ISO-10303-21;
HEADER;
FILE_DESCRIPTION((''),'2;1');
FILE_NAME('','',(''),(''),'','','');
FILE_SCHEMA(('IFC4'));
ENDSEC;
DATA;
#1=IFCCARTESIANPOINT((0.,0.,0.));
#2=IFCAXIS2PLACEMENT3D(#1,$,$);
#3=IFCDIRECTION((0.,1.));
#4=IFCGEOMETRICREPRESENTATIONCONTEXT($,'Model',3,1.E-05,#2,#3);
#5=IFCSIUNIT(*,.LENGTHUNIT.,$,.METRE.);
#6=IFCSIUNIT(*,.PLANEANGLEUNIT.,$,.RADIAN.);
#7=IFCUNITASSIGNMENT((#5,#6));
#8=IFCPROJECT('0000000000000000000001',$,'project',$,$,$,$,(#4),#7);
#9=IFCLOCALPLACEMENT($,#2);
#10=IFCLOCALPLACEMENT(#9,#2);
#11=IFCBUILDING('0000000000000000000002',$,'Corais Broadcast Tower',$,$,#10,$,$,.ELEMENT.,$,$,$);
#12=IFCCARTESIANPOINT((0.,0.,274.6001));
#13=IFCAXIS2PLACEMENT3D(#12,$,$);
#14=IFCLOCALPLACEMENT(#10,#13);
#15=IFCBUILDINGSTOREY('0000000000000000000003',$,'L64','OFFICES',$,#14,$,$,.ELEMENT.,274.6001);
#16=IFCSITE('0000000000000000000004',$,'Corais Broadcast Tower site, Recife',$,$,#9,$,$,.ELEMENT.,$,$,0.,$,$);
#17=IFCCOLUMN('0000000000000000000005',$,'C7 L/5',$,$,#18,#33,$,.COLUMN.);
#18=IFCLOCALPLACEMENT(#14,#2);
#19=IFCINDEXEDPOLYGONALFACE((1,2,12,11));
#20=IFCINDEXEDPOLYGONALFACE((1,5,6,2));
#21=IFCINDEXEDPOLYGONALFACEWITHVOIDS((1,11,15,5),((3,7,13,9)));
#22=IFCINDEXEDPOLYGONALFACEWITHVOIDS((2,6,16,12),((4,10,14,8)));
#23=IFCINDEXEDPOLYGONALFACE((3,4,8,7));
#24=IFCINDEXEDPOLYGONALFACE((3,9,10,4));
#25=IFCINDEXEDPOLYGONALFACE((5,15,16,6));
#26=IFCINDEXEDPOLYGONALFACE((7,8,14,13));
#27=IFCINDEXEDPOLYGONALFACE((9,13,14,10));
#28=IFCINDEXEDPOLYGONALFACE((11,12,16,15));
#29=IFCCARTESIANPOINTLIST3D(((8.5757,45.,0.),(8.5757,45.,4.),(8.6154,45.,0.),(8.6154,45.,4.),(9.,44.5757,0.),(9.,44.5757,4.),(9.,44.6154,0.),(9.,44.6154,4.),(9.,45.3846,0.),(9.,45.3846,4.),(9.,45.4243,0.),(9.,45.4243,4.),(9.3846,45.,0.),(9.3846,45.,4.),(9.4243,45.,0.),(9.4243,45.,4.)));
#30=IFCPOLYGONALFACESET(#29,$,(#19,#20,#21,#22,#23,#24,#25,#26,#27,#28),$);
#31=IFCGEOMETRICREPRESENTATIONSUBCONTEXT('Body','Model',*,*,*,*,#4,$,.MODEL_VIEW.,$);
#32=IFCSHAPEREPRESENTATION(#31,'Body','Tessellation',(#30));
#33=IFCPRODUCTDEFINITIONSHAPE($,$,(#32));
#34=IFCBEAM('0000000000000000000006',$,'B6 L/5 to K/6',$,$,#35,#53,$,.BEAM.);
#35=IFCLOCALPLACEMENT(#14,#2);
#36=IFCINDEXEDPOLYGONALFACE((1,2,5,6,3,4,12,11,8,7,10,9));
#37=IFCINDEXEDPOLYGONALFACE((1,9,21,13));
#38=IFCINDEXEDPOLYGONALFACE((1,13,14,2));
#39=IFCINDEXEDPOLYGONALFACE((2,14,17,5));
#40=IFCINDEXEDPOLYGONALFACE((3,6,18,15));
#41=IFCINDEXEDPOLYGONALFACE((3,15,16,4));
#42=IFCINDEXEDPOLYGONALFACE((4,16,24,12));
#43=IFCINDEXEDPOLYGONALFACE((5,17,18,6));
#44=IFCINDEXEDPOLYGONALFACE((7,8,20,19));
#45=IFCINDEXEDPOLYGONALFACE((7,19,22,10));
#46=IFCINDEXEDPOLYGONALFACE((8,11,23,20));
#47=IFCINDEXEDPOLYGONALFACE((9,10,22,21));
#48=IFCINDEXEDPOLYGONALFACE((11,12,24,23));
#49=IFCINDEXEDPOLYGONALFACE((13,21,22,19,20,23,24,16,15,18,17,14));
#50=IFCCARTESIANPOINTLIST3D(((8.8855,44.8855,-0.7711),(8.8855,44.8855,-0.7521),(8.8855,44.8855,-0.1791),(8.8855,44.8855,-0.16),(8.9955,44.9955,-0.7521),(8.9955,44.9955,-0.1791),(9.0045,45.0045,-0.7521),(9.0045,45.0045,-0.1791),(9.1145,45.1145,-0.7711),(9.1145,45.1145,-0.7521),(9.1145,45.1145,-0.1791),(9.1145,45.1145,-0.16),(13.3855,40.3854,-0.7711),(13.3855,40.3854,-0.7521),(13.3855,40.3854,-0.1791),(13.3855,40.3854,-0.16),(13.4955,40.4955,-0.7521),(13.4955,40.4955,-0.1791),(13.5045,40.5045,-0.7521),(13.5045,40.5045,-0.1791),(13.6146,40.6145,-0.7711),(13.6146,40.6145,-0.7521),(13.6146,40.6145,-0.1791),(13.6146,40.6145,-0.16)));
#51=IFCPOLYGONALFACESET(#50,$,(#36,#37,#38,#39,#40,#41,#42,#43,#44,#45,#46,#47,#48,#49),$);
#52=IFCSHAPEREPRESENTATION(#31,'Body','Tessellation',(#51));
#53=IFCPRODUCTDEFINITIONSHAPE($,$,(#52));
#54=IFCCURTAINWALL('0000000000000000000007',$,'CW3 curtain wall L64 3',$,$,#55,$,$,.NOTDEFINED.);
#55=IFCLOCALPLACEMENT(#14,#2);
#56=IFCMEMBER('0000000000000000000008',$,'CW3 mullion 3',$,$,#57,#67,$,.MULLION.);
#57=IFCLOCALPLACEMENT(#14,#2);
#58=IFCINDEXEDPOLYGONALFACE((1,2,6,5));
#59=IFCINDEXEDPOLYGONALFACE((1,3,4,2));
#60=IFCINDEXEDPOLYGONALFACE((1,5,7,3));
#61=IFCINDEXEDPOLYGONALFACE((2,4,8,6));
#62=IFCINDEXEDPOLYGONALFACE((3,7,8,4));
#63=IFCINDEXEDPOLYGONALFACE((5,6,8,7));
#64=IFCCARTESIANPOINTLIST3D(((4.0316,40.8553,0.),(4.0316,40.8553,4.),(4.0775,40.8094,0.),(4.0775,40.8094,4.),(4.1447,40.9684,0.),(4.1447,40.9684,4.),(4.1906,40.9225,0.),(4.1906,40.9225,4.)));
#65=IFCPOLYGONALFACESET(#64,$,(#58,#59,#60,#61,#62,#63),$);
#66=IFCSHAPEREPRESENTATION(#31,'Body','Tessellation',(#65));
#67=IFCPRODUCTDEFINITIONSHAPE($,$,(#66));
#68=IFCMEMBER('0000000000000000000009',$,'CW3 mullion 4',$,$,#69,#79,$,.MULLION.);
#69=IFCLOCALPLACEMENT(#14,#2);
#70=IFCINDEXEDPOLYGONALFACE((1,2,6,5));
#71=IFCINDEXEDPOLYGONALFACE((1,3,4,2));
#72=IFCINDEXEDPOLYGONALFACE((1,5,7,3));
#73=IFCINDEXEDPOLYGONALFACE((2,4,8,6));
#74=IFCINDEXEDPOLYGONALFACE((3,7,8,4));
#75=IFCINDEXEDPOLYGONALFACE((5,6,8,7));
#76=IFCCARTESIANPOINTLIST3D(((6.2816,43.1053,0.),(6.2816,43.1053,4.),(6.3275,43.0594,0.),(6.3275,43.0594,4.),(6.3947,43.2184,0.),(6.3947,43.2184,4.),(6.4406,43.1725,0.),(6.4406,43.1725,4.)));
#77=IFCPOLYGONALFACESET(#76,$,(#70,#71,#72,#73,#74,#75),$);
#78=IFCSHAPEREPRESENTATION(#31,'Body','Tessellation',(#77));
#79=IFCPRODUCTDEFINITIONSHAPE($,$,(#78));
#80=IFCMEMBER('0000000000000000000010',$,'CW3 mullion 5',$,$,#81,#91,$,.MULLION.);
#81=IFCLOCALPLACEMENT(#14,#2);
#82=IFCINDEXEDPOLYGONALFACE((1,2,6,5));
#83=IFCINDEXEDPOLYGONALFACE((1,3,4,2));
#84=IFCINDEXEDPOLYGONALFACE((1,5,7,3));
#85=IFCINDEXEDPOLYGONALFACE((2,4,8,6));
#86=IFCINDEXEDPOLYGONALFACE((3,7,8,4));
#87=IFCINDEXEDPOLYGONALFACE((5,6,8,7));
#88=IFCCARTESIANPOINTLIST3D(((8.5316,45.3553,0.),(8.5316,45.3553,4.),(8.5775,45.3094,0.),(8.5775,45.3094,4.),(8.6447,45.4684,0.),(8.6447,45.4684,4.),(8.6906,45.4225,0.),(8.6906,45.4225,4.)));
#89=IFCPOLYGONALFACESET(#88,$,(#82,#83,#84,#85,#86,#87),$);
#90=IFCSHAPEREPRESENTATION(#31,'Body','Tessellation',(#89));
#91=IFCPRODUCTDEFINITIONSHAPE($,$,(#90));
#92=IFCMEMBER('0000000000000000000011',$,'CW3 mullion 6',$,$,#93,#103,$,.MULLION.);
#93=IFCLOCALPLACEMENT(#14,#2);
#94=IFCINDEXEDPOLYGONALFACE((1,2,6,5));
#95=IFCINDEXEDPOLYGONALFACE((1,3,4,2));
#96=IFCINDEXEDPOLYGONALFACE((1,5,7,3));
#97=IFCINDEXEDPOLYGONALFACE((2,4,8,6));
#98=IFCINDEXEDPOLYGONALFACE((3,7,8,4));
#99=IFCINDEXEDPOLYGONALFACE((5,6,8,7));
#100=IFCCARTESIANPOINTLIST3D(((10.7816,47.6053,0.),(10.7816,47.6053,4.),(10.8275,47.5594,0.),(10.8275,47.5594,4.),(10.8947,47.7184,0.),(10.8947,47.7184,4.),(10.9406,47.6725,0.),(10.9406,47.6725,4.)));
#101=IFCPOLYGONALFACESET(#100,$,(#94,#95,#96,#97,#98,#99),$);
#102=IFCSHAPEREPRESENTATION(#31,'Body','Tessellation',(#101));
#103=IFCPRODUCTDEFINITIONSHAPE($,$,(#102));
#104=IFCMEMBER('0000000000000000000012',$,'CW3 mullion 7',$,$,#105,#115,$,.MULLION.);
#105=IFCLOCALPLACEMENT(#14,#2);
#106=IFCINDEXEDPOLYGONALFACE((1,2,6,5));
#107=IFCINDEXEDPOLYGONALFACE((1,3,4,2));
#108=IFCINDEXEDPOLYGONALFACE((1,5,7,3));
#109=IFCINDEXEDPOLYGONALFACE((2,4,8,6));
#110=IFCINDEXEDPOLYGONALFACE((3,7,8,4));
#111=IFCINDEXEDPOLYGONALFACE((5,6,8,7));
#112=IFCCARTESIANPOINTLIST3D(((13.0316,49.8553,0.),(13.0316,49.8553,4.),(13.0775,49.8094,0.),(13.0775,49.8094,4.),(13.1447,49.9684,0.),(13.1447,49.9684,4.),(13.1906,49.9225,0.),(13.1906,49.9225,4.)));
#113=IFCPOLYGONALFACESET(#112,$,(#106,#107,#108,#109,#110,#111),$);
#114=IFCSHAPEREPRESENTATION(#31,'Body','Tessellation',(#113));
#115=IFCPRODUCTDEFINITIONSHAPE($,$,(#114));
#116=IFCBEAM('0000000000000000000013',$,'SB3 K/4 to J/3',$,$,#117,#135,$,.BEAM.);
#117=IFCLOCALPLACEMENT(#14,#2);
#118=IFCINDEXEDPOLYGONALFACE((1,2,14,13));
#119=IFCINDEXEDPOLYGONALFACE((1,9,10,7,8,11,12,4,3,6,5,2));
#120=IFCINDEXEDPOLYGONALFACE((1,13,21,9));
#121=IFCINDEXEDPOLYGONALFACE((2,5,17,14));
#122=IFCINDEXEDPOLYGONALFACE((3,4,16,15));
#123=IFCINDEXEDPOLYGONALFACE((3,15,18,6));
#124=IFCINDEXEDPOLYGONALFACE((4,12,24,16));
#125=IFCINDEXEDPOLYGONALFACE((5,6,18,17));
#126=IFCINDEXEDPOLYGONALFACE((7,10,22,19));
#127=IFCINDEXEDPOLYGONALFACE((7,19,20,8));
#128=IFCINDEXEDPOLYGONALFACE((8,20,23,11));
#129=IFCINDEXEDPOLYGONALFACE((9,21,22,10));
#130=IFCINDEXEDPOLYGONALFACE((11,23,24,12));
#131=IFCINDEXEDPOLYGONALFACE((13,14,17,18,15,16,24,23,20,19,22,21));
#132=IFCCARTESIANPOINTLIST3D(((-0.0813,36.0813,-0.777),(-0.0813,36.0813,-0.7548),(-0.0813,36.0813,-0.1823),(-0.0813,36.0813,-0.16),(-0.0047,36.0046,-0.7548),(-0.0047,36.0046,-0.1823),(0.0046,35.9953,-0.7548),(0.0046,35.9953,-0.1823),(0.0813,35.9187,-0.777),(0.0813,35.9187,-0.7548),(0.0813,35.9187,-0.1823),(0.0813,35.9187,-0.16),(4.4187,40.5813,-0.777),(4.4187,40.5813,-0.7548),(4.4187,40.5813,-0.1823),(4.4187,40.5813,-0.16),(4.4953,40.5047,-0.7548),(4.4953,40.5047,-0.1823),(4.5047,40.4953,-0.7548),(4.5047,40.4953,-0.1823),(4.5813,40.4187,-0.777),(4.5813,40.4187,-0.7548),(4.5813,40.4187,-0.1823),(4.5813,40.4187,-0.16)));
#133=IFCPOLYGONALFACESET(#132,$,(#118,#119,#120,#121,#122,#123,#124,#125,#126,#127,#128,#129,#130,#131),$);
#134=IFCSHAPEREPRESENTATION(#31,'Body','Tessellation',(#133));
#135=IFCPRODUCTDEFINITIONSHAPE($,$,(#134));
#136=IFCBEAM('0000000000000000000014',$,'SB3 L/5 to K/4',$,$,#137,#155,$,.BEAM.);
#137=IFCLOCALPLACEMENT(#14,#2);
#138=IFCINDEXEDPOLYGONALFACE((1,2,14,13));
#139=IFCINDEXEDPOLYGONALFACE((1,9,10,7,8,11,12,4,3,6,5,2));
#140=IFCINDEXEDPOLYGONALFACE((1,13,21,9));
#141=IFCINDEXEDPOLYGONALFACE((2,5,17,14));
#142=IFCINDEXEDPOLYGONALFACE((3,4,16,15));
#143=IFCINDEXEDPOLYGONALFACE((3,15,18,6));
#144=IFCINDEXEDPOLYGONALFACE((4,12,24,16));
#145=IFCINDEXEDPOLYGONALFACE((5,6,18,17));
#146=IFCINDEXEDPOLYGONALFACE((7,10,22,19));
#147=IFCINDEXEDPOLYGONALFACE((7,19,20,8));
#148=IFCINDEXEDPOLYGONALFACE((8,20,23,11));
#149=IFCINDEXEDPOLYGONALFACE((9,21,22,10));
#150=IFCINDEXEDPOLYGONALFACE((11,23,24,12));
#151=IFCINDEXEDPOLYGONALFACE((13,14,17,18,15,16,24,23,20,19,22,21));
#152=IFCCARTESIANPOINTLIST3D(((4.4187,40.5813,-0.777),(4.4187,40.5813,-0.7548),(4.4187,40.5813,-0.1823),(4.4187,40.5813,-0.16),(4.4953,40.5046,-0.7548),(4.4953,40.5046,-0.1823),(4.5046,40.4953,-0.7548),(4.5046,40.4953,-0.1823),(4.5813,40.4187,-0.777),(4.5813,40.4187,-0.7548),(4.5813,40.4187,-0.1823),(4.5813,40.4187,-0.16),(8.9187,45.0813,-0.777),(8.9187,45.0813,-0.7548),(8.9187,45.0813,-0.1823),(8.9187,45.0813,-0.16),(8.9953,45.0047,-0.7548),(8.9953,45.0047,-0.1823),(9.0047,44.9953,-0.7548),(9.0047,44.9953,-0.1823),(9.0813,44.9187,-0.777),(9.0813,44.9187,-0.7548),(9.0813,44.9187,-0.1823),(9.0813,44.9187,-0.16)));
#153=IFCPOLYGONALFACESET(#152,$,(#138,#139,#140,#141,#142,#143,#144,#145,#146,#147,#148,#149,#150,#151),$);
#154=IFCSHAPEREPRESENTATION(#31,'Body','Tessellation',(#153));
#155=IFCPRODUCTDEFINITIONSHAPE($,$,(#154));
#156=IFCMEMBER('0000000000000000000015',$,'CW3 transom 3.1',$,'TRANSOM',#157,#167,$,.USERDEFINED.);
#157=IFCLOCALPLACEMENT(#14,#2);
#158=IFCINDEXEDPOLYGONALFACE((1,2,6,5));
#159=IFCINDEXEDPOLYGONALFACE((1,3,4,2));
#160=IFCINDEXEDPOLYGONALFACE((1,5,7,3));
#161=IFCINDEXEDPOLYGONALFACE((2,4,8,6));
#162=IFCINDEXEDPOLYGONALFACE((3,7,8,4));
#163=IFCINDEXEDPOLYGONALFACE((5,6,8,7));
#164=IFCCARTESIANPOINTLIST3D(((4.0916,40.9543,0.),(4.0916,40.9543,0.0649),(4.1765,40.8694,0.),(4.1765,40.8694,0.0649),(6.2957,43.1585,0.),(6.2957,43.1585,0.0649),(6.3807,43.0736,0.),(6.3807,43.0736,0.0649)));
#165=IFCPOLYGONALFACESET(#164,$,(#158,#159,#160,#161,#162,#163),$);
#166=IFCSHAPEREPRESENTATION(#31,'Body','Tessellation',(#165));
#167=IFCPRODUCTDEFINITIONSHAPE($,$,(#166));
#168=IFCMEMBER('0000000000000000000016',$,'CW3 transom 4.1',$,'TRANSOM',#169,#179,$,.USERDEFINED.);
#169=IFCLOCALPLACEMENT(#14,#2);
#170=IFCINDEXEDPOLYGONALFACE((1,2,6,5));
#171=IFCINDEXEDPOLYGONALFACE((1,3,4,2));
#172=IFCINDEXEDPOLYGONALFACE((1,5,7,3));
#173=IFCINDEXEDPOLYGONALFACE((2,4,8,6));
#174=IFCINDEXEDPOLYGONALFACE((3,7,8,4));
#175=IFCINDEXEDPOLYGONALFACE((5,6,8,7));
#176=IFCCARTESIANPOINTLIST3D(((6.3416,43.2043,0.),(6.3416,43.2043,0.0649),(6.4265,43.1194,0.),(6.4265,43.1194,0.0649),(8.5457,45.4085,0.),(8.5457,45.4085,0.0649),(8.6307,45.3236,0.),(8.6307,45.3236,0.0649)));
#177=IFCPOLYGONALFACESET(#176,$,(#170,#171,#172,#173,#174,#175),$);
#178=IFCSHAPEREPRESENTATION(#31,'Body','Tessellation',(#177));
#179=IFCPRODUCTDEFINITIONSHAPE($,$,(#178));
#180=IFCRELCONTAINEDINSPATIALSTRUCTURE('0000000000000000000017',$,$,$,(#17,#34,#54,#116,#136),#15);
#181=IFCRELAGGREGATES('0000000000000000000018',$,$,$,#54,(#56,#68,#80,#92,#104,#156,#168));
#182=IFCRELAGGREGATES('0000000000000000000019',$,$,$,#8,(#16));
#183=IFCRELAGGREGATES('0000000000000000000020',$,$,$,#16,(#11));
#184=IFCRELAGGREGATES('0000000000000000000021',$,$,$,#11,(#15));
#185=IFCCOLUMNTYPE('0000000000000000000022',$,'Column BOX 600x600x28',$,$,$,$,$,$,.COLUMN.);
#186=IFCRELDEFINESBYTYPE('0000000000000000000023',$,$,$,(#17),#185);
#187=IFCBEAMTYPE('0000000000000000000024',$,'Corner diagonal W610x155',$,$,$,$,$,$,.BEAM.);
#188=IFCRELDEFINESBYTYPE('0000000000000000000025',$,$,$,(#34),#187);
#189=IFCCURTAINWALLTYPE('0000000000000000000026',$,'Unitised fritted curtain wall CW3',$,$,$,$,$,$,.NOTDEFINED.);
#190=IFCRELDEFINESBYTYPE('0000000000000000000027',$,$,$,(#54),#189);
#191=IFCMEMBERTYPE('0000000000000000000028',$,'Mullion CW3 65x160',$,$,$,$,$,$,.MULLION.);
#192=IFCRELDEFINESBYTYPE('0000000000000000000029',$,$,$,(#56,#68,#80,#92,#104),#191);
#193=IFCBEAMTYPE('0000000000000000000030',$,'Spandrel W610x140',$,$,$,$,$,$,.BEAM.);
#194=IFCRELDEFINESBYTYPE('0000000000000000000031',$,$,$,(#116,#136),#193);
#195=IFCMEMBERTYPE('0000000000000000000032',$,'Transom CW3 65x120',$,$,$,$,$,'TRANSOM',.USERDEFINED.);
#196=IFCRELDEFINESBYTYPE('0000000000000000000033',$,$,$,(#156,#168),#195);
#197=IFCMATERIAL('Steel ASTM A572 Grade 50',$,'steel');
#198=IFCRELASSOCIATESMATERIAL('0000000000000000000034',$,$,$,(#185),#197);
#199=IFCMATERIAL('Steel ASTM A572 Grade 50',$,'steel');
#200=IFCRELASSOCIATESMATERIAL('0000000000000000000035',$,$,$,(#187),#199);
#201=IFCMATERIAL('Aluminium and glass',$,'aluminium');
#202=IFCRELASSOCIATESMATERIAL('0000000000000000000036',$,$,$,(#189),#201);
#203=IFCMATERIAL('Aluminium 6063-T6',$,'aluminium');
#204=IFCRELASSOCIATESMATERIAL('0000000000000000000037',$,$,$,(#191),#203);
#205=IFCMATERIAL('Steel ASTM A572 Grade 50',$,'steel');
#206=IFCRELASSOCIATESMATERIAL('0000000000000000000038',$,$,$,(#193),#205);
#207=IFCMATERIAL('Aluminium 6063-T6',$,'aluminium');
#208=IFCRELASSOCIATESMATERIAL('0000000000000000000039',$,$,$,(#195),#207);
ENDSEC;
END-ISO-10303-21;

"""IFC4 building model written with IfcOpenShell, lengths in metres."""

from ifc_helpers import new_model, si_unit, direction, frame, origin, origin_2d, place, context, subcontext, project, spatial, rectangle, hollow_rectangle, i_section, extrude, material, material_profile, profile_set, type_object, element, aggregate, save


model = new_model("IFC4")

# Units and contexts
model_context = context("Model", 3, precision=1e-05, world=origin(), true_north=direction((0.0, 1.0)))
body_context = subcontext(model_context, "Body", "Model", "MODEL_VIEW")
ifc_project = project(units=[si_unit("LENGTHUNIT", "METRE"), si_unit("PLANEANGLEUNIT", "RADIAN")], contexts=[model_context])

# Site, building, storey
site_placement = place(None, origin())
site = spatial("IfcSite", under=ifc_project, at=site_placement, Name="Corais Broadcast Tower site, Recife", CompositionType="ELEMENT", RefElevation=0.0)
building_placement = place(site_placement, origin())
building = spatial("IfcBuilding", under=site, at=building_placement, Name="Corais Broadcast Tower", CompositionType="ELEMENT")
storey_placement = place(building_placement, frame((0.0, 0.0, 274.6001)))
storey = spatial("IfcBuildingStorey", under=building, at=storey_placement, Name="L64", Description="OFFICES", CompositionType="ELEMENT", Elevation=274.6001)

# Column
ifc_material_1 = material(Name="Steel ASTM A572 Grade 50", Category="steel")
ifc_material_profile_1 = material_profile(ifc_material_1, hollow_rectangle(XDim=0.6001, YDim=0.6001, WallThickness=0.0281, at=origin_2d()), Name="BOX 600x600x28")
ifc_profile_set_1 = profile_set([ifc_material_profile_1], Name="Steel ASTM A572 Grade 50")
column_type = type_object("IfcColumnType", Name="Column BOX 600x600x28", PredefinedType="COLUMN", material=ifc_profile_set_1)
column_placement = place(storey_placement, frame((9.0, 45.0, 0.0), z_axis=(0.0, 0.0, 1.0), x_axis=(0.707107, 0.707107, 0.0)))
element("IfcColumn", 1, at=column_placement, inside=storey, type_object=column_type, Name="C7 L/5", PredefinedType="COLUMN", context=body_context, shape_type="SweptSolid", body=[
    extrude(hollow_rectangle(XDim=0.6001, YDim=0.6001, WallThickness=0.0281, at=origin_2d()), origin(), (0.0, 0.0, 1.0), 4.0),
])

# Beam
ifc_material_2 = material(Name="Steel ASTM A572 Grade 50", Category="steel")
ifc_material_profile_2 = material_profile(ifc_material_2, i_section(OverallWidth=0.324, OverallDepth=0.6111, WebThickness=0.0127, FlangeThickness=0.019, at=origin_2d()), Name="W610x155")
ifc_profile_set_2 = profile_set([ifc_material_profile_2], Name="Steel ASTM A572 Grade 50")
beam_type_1 = type_object("IfcBeamType", Name="Corner diagonal W610x155", PredefinedType="BEAM", material=ifc_profile_set_2)
beam_placement = place(storey_placement, frame((9.0, 45.0, -0.4656), z_axis=(0.707107, -0.707107, 0.0), x_axis=(0.707107, 0.707107, 0.0)))
element("IfcBeam", 2, at=beam_placement, inside=storey, type_object=beam_type_1, Name="B6 L/5 to K/6", PredefinedType="BEAM", context=body_context, shape_type="SweptSolid", body=[
    extrude(i_section(OverallWidth=0.324, OverallDepth=0.6111, WebThickness=0.0127, FlangeThickness=0.019, at=origin_2d()), origin(), (0.0, 0.0, 1.0), 6.364),
])

# Curtain wall, members
ifc_material_3 = material(Name="Aluminium and glass", Category="aluminium")
curtain_wall_type = type_object("IfcCurtainWallType", Name="Unitised fritted curtain wall CW3", PredefinedType="NOTDEFINED", material=ifc_material_3)
curtain_wall_placement = place(storey_placement, origin())
curtain_wall = element("IfcCurtainWall", 3, at=curtain_wall_placement, inside=storey, type_object=curtain_wall_type, Name="CW3 curtain wall L64 3", PredefinedType="NOTDEFINED")
ifc_material_4 = material(Name="Aluminium 6063-T6", Category="aluminium")
ifc_material_profile_3 = material_profile(ifc_material_4, rectangle(XDim=0.0649, YDim=0.1599, at=origin_2d()), Name="Mullion CW3 65x160")
ifc_profile_set_3 = profile_set([ifc_material_profile_3], Name="Aluminium 6063-T6")
member_type_1 = type_object("IfcMemberType", Name="Mullion CW3 65x160", PredefinedType="MULLION", material=ifc_profile_set_3)
member_1_placement = place(storey_placement, frame((4.1111, 40.8889, 0.0), z_axis=(0.0, 0.0, 1.0), x_axis=(-0.707107, 0.707107, 0.0)))
member_1 = element("IfcMember", 4, at=member_1_placement, type_object=member_type_1, Name="CW3 mullion 3", PredefinedType="MULLION", context=body_context, shape_type="SweptSolid", body=[
    extrude(rectangle(XDim=0.0649, YDim=0.1599, at=origin_2d()), origin(), (0.0, 0.0, 1.0), 4.0),
])
member_2_placement = place(storey_placement, frame((6.3611, 43.1389, 0.0), z_axis=(0.0, 0.0, 1.0), x_axis=(-0.707107, 0.707107, 0.0)))
member_2 = element("IfcMember", 5, at=member_2_placement, type_object=member_type_1, Name="CW3 mullion 4", PredefinedType="MULLION", context=body_context, shape_type="SweptSolid", body=[
    extrude(rectangle(XDim=0.0649, YDim=0.1599, at=origin_2d()), origin(), (0.0, 0.0, 1.0), 4.0),
])
member_3_placement = place(storey_placement, frame((8.6111, 45.3889, 0.0), z_axis=(0.0, 0.0, 1.0), x_axis=(-0.707107, 0.707107, 0.0)))
member_3 = element("IfcMember", 6, at=member_3_placement, type_object=member_type_1, Name="CW3 mullion 5", PredefinedType="MULLION", context=body_context, shape_type="SweptSolid", body=[
    extrude(rectangle(XDim=0.0649, YDim=0.1599, at=origin_2d()), origin(), (0.0, 0.0, 1.0), 4.0),
])
member_4_placement = place(storey_placement, frame((10.8611, 47.6389, 0.0), z_axis=(0.0, 0.0, 1.0), x_axis=(-0.707107, 0.707107, 0.0)))
member_4 = element("IfcMember", 7, at=member_4_placement, type_object=member_type_1, Name="CW3 mullion 6", PredefinedType="MULLION", context=body_context, shape_type="SweptSolid", body=[
    extrude(rectangle(XDim=0.0649, YDim=0.1599, at=origin_2d()), origin(), (0.0, 0.0, 1.0), 4.0),
])
member_5_placement = place(storey_placement, frame((13.1111, 49.8889, 0.0), z_axis=(0.0, 0.0, 1.0), x_axis=(-0.707107, 0.707107, 0.0)))
member_5 = element("IfcMember", 8, at=member_5_placement, type_object=member_type_1, Name="CW3 mullion 7", PredefinedType="MULLION", context=body_context, shape_type="SweptSolid", body=[
    extrude(rectangle(XDim=0.0649, YDim=0.1599, at=origin_2d()), origin(), (0.0, 0.0, 1.0), 4.0),
])

# Beams
ifc_material_5 = material(Name="Steel ASTM A572 Grade 50", Category="steel")
ifc_material_profile_4 = material_profile(ifc_material_5, i_section(OverallWidth=0.23, OverallDepth=0.6169, WebThickness=0.0132, FlangeThickness=0.0222, at=origin_2d()), Name="W610x140")
ifc_profile_set_4 = profile_set([ifc_material_profile_4], Name="Steel ASTM A572 Grade 50")
beam_type_2 = type_object("IfcBeamType", Name="Spandrel W610x140", PredefinedType="BEAM", material=ifc_profile_set_4)
for number, where, z_axis, x_axis, name in (
    (9, (4.5, 40.5, -0.4685), (-0.707107, -0.707107, 0.0), (0.707107, -0.707107, 0.0), "SB3 K/4 to J/3"),
    (10, (9.0, 45.0, -0.4685), (-0.707107, -0.707107, 0.0), (0.707107, -0.707107, 0.0), "SB3 L/5 to K/4"),
):
    element("IfcBeam", number, at=place(storey_placement, frame(where, z_axis=z_axis, x_axis=x_axis)), inside=storey, type_object=beam_type_2, Name=name, PredefinedType="BEAM", context=body_context, shape_type="SweptSolid", body=[
        extrude(i_section(OverallWidth=0.23, OverallDepth=0.6169, WebThickness=0.0132, FlangeThickness=0.0222, at=origin_2d()), origin(), (0.0, 0.0, 1.0), 6.364),
    ])

# Members
ifc_material_6 = material(Name="Aluminium 6063-T6", Category="aluminium")
ifc_material_profile_5 = material_profile(ifc_material_6, rectangle(XDim=0.1201, YDim=0.0649, at=origin_2d()), Name="Transom CW3 65x120")
ifc_profile_set_5 = profile_set([ifc_material_profile_5], Name="Aluminium 6063-T6")
member_type_2 = type_object("IfcMemberType", Name="Transom CW3 65x120", ElementType="TRANSOM", PredefinedType="USERDEFINED", material=ifc_profile_set_5)
member_6_placement = place(storey_placement, frame((4.134, 40.9119, 0.0325), z_axis=(0.707107, 0.707107, 0.0), x_axis=(-0.707107, 0.707107, 0.0)))
member_6 = element("IfcMember", 11, at=member_6_placement, type_object=member_type_2, Name="CW3 transom 3.1", ObjectType="TRANSOM", PredefinedType="USERDEFINED", context=body_context, shape_type="SweptSolid", body=[
    extrude(rectangle(XDim=0.1201, YDim=0.0649, at=origin_2d()), origin(), (0.0, 0.0, 1.0), 3.1172),
])
member_7_placement = place(storey_placement, frame((6.384, 43.1619, 0.0325), z_axis=(0.707107, 0.707107, 0.0), x_axis=(-0.707107, 0.707107, 0.0)))
member_7 = element("IfcMember", 12, at=member_7_placement, type_object=member_type_2, Name="CW3 transom 4.1", ObjectType="TRANSOM", PredefinedType="USERDEFINED", context=body_context, shape_type="SweptSolid", body=[
    extrude(rectangle(XDim=0.1201, YDim=0.0649, at=origin_2d()), origin(), (0.0, 0.0, 1.0), 3.1172),
])

aggregate(curtain_wall, [member_1, member_2, member_3, member_4, member_5, member_6, member_7])

save(model, "model.ifc")
